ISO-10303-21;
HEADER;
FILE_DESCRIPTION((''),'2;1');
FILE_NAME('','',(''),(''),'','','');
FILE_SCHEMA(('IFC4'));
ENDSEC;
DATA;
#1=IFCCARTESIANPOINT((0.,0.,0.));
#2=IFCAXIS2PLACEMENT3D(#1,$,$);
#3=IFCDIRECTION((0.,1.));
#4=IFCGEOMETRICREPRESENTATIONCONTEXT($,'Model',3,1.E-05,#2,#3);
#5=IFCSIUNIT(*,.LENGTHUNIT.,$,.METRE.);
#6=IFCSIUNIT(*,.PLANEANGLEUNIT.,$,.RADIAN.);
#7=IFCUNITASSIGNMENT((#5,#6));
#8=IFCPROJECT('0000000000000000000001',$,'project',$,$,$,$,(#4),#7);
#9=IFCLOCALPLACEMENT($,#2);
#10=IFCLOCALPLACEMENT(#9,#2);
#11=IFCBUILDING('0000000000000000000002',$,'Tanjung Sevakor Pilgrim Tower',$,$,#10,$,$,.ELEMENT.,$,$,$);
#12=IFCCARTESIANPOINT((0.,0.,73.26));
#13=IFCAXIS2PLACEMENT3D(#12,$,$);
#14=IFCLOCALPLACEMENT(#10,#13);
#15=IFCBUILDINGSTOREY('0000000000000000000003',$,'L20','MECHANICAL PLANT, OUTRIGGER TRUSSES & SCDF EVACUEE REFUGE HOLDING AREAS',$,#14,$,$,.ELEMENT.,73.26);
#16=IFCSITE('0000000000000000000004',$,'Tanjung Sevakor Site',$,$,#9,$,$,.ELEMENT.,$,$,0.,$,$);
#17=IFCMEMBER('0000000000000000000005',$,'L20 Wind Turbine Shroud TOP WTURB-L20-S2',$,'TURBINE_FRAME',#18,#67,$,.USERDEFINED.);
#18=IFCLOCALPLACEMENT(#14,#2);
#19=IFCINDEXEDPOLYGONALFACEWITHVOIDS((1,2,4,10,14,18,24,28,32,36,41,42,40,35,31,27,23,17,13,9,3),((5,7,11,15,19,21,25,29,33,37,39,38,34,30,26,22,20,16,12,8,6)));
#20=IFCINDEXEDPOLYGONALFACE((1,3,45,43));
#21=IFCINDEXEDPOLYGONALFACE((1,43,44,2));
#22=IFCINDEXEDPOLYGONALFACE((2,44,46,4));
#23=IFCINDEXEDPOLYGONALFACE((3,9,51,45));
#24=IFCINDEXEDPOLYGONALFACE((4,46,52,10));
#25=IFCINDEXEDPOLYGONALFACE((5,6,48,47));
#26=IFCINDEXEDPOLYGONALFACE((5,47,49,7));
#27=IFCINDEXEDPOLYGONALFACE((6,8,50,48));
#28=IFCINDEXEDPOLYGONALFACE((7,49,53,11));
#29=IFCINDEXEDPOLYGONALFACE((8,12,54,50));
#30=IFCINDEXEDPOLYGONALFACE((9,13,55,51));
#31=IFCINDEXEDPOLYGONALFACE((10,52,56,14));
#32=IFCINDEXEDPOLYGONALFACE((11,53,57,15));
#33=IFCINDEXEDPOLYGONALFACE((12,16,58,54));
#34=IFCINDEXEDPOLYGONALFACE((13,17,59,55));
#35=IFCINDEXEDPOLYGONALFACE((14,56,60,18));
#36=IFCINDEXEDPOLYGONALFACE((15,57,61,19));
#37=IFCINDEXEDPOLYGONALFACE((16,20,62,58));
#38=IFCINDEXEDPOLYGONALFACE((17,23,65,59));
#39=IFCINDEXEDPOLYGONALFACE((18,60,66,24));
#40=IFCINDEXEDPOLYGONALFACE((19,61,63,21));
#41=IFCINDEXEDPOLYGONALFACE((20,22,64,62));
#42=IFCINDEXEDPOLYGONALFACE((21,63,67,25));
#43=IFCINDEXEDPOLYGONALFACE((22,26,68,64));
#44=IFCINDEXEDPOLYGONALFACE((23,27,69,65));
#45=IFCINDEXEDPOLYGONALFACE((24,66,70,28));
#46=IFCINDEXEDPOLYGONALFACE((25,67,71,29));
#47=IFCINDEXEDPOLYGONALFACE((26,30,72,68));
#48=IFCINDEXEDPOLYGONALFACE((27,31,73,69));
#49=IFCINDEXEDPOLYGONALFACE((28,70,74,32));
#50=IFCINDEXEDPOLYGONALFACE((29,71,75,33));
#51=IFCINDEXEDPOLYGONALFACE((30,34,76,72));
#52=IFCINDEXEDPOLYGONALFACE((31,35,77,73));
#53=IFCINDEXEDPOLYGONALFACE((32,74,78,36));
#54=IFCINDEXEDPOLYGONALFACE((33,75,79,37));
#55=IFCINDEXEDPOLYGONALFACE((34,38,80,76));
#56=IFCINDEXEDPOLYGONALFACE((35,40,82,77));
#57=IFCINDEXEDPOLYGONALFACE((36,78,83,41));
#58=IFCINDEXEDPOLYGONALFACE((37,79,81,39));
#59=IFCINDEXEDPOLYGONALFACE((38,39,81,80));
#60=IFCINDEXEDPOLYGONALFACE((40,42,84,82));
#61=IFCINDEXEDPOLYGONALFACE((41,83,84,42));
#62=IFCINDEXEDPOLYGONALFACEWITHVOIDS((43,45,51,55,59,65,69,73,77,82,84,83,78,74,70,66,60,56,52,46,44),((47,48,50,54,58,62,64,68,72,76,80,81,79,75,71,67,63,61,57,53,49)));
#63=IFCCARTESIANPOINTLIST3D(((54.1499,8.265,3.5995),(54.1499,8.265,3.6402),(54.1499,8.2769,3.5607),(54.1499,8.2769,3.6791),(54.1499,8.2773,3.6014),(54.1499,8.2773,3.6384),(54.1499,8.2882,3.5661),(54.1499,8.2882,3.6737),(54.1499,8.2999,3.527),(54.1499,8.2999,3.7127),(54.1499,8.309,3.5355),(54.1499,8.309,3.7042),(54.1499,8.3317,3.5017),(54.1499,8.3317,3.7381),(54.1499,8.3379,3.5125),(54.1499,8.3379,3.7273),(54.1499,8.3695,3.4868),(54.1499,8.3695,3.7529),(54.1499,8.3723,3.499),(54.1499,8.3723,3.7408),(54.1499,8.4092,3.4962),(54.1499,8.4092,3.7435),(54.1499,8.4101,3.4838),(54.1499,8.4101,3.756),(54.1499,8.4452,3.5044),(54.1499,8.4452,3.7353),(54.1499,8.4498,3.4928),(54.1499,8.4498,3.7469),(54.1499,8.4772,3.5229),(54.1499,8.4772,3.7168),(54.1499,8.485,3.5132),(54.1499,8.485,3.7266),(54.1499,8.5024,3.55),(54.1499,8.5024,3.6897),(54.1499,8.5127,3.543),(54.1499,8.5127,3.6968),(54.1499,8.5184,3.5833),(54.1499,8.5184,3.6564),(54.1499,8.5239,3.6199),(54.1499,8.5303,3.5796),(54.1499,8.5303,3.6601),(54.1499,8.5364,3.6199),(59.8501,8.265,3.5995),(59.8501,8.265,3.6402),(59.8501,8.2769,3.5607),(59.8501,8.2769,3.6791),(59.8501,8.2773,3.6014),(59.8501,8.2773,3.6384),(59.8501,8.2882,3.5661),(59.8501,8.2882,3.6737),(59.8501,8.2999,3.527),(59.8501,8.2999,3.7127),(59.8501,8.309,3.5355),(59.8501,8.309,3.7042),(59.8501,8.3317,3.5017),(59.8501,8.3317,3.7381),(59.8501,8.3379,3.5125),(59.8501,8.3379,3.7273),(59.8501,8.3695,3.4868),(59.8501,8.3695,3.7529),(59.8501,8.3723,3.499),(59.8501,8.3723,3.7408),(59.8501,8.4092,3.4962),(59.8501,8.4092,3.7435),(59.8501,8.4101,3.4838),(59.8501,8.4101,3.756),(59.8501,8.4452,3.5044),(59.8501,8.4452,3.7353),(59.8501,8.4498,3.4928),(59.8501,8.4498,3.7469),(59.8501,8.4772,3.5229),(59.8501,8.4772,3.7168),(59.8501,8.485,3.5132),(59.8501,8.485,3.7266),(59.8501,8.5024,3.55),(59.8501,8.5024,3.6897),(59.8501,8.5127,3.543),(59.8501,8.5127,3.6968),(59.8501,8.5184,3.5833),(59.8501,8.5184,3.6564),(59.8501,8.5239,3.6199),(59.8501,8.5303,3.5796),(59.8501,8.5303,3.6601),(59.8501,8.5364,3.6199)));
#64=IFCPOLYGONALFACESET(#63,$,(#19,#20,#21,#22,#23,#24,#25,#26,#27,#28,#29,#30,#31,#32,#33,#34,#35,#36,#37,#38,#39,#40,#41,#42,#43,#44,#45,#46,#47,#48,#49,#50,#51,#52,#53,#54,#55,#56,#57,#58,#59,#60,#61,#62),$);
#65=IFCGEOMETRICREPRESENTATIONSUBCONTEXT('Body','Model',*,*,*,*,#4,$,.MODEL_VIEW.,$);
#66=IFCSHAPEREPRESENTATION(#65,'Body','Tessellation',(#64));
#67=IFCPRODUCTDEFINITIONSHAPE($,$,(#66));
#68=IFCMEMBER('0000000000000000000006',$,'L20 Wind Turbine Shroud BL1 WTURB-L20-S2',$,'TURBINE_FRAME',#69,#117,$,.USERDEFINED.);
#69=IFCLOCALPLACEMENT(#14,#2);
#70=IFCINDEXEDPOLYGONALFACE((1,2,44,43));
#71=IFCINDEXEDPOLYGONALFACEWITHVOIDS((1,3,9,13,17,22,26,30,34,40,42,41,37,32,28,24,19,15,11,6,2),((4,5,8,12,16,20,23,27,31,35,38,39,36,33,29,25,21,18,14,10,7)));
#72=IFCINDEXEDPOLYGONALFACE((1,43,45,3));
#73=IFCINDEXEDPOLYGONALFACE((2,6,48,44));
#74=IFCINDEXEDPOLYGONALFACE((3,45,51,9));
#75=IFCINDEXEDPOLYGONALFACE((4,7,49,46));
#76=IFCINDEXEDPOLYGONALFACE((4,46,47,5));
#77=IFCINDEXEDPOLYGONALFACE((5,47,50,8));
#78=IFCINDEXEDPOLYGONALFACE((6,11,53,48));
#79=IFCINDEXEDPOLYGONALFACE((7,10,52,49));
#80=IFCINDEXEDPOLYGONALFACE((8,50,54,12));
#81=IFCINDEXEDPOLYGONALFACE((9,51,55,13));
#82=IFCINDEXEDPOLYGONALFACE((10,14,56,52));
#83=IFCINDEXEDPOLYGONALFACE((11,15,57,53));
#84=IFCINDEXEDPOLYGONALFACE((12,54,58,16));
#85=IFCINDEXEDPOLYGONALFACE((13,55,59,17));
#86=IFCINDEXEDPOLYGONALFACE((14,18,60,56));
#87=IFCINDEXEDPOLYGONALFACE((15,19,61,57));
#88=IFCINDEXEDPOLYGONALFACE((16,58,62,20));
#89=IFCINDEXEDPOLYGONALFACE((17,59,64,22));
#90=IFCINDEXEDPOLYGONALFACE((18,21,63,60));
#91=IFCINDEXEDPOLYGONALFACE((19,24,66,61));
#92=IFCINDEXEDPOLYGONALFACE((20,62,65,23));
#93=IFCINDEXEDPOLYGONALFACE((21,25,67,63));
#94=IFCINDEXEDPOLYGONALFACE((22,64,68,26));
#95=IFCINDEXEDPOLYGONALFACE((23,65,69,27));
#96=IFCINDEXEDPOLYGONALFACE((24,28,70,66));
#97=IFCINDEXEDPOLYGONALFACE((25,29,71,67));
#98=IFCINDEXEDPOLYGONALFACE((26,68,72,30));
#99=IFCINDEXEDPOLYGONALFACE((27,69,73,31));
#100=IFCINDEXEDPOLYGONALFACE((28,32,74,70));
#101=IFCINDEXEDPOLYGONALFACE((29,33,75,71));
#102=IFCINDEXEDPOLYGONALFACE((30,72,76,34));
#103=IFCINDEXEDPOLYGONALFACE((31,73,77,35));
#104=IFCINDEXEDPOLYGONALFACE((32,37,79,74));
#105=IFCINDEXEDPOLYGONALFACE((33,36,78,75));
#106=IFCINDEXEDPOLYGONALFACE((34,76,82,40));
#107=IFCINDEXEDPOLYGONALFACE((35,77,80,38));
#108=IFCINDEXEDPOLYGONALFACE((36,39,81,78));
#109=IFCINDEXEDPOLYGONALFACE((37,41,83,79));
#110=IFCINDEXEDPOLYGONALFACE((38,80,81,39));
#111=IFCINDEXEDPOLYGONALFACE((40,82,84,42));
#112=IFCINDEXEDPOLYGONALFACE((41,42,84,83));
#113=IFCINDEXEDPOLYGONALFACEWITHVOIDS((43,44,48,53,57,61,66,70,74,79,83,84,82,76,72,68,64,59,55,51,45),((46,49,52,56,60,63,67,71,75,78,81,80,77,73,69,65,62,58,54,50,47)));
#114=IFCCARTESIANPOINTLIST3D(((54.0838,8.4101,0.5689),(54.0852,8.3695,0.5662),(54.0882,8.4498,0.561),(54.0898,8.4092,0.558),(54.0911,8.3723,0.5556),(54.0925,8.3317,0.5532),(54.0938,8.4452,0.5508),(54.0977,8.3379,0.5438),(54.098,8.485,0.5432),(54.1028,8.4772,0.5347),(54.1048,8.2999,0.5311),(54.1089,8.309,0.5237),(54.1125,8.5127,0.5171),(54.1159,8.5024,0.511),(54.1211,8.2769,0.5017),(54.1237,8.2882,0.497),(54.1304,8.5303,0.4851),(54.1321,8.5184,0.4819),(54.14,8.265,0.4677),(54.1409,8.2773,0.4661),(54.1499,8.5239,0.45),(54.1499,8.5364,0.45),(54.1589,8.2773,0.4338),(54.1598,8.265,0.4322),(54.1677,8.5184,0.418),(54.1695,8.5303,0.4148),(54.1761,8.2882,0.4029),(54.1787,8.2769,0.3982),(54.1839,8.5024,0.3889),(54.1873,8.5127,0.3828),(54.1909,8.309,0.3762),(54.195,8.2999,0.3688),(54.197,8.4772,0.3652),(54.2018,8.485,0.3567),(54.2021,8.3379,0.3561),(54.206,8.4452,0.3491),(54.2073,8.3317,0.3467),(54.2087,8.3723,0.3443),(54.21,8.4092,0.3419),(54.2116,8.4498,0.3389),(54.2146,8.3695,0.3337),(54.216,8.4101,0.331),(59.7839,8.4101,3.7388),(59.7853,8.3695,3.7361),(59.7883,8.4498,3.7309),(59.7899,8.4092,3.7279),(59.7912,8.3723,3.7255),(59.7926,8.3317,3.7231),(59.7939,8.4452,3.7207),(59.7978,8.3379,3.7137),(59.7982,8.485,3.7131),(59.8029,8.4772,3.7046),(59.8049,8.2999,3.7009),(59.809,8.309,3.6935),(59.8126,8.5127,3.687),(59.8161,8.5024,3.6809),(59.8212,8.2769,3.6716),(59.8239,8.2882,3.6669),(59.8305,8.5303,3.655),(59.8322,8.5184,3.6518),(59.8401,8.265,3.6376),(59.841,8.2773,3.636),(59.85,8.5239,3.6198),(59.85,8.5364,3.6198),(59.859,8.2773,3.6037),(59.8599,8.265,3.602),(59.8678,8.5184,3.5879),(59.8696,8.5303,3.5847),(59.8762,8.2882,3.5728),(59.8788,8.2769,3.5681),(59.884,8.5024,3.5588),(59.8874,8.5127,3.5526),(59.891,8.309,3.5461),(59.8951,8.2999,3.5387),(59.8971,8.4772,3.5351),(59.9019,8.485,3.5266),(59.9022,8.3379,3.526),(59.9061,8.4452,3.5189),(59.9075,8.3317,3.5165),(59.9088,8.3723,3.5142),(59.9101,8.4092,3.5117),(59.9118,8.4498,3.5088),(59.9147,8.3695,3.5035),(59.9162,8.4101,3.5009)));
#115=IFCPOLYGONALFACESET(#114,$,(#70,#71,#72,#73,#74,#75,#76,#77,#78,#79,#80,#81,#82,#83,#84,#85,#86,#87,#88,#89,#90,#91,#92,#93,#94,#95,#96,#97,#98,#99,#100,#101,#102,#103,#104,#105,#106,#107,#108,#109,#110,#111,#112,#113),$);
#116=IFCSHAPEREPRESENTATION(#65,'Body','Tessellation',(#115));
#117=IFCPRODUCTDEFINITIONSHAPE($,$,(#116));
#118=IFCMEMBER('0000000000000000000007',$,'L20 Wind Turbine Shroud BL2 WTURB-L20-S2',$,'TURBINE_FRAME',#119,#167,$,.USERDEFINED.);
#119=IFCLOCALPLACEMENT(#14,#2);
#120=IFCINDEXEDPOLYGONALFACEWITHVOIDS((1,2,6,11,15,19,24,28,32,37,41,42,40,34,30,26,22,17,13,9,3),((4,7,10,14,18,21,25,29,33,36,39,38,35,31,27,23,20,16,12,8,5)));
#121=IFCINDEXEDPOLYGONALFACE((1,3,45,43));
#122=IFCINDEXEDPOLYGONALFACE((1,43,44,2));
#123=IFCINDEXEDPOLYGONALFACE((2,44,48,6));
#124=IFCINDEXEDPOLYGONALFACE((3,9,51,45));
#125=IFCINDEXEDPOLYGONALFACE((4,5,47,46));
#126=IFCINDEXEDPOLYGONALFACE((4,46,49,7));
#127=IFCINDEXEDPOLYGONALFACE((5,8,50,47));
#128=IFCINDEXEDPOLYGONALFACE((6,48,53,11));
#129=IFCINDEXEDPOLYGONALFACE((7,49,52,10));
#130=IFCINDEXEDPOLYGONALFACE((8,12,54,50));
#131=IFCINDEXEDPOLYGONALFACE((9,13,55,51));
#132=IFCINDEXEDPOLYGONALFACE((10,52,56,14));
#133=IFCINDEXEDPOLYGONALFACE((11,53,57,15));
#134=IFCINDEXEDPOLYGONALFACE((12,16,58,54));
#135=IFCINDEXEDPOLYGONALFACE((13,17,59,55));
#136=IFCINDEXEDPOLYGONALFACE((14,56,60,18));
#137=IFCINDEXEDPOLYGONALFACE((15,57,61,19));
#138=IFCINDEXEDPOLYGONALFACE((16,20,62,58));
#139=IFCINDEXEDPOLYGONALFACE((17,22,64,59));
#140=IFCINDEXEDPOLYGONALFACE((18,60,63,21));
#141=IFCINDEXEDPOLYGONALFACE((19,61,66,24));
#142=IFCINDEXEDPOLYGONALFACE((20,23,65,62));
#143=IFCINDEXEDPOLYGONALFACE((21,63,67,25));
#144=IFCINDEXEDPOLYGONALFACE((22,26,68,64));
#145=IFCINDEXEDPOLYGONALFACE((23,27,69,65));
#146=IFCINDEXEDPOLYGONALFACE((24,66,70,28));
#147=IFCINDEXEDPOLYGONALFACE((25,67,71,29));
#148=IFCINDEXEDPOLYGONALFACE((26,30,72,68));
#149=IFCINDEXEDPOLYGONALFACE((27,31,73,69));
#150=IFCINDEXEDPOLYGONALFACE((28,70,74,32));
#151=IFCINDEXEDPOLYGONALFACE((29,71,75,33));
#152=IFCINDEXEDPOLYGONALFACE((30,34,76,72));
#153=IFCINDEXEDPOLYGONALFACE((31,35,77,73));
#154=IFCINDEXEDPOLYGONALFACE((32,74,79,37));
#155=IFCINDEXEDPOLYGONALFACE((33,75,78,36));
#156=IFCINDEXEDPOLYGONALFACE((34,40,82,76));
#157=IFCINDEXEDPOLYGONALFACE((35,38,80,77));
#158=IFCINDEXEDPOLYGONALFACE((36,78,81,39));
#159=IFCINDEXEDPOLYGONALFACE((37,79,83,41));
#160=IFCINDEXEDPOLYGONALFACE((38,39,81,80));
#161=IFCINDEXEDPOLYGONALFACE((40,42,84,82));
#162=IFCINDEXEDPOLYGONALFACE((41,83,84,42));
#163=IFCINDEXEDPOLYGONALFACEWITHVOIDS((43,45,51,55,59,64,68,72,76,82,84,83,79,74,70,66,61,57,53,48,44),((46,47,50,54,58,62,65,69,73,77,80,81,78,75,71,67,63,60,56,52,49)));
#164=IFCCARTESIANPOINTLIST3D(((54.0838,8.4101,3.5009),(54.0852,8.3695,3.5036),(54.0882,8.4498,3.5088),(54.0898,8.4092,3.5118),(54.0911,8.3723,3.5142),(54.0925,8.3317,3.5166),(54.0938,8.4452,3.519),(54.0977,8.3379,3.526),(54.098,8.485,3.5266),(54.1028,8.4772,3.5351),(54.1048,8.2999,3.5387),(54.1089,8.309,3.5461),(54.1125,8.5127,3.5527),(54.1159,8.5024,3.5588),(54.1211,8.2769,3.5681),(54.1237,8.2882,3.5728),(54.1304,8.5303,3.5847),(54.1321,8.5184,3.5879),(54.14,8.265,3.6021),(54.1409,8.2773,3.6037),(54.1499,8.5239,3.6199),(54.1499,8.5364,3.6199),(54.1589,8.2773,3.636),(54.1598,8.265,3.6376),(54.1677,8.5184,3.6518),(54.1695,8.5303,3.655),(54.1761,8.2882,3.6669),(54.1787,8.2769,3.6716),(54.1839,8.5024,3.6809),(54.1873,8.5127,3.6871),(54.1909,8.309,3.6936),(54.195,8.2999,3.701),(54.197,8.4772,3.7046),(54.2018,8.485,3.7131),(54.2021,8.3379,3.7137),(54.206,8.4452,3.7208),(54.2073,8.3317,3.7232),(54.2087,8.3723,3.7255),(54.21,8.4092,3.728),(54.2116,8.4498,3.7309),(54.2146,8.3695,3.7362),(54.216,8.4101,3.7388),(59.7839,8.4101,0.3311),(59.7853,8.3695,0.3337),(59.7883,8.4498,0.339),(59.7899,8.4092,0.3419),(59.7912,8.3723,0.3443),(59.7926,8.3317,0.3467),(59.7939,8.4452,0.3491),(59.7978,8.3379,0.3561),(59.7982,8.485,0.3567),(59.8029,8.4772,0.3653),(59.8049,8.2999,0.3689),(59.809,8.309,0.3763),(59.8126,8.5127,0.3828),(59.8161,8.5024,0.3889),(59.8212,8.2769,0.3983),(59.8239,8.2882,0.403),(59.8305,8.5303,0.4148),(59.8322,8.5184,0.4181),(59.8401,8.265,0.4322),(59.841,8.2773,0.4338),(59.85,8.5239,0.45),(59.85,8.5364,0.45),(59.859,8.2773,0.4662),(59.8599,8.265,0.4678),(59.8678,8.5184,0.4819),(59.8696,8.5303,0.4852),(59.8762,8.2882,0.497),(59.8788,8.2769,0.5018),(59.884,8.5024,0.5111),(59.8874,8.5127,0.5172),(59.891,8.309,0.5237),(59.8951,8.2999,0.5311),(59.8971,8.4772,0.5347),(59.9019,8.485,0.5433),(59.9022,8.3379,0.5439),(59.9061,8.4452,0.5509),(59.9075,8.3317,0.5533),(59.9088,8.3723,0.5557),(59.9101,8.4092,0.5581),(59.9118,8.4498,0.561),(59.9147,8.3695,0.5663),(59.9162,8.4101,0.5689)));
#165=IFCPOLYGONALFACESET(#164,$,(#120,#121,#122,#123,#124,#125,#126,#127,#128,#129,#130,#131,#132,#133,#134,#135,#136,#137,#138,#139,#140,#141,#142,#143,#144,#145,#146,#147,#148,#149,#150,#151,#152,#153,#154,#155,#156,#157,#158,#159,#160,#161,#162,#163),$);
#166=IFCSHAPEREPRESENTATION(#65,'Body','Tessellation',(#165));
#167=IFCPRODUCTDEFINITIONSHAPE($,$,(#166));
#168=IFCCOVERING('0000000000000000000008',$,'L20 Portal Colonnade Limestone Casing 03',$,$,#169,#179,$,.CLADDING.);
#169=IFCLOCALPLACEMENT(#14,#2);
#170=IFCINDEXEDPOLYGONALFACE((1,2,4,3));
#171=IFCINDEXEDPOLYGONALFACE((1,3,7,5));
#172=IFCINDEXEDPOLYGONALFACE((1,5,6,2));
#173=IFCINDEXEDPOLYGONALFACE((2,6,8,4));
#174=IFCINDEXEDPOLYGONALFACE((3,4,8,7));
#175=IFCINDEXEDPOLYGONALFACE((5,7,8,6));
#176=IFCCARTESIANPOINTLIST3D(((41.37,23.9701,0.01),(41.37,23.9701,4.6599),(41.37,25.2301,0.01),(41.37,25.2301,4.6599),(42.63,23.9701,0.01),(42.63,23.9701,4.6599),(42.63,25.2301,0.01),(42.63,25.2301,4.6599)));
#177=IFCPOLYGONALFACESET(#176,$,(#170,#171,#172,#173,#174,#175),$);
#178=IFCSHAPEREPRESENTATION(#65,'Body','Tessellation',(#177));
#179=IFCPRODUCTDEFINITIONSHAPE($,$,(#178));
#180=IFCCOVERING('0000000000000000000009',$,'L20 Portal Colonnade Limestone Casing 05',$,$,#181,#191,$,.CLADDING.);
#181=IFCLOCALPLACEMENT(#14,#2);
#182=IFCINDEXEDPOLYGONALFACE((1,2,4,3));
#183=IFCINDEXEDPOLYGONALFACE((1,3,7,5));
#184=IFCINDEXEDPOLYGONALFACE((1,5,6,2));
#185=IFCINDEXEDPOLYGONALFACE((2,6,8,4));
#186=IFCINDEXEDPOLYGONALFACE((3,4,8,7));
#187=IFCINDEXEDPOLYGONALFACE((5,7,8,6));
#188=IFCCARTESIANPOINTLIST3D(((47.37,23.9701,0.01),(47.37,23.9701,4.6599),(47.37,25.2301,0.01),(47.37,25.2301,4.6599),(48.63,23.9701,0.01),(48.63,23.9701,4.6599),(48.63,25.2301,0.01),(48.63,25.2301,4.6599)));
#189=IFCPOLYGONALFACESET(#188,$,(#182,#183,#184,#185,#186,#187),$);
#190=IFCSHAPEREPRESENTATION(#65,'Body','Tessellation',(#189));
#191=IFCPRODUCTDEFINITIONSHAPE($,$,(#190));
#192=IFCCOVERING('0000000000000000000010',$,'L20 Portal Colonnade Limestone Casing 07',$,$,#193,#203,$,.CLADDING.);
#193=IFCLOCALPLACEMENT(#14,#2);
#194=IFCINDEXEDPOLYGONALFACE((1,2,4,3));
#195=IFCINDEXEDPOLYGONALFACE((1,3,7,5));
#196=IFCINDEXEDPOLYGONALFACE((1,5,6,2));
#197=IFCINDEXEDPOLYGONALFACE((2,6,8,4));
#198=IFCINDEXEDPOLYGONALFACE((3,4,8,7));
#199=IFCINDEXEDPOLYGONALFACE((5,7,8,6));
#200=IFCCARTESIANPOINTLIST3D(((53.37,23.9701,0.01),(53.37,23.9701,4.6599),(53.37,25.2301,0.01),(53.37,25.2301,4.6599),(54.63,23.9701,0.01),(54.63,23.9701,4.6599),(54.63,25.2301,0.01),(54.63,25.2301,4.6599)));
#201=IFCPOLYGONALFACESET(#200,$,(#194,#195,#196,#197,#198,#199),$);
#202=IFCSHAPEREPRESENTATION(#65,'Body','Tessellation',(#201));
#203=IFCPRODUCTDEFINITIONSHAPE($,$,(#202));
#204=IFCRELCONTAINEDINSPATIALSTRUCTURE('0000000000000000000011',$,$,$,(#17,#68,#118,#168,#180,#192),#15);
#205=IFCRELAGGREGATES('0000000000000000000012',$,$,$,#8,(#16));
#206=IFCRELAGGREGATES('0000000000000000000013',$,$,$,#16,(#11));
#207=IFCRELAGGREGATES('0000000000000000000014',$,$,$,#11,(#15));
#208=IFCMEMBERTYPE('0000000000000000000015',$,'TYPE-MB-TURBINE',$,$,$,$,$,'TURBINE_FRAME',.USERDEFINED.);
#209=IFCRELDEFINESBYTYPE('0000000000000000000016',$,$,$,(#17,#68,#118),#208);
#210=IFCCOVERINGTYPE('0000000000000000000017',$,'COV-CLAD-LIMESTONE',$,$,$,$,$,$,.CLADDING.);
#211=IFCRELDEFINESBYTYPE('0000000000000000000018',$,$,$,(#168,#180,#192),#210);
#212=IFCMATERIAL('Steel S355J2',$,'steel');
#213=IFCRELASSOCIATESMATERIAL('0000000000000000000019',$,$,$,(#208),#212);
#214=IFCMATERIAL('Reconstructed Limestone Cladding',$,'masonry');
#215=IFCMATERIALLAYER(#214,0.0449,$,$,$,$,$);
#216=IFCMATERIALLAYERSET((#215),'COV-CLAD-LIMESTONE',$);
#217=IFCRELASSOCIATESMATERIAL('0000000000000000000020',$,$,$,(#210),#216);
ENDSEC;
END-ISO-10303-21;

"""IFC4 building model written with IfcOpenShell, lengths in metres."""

from ifc_helpers import new_model, si_unit, direction, frame, origin, origin_2d, place, context, subcontext, project, spatial, rectangle, hollow_circle, extrude, material, layer, layer_set, material_profile, profile_set, type_object, element, save


model = new_model("IFC4")

# Units and contexts
model_context = context("Model", 3, precision=1e-05, world=origin(), true_north=direction((0.0, 1.0)))
body_context = subcontext(model_context, "Body", "Model", "MODEL_VIEW")
ifc_project = project(units=[si_unit("LENGTHUNIT", "METRE"), si_unit("PLANEANGLEUNIT", "RADIAN")], contexts=[model_context])

# Site, building, storey
site_placement = place(None, origin())
site = spatial("IfcSite", under=ifc_project, at=site_placement, Name="Tanjung Sevakor Site", CompositionType="ELEMENT", RefElevation=0.0)
building_placement = place(site_placement, origin())
building = spatial("IfcBuilding", under=site, at=building_placement, Name="Tanjung Sevakor Pilgrim Tower", CompositionType="ELEMENT")
storey_placement = place(building_placement, frame((0.0, 0.0, 73.26)))
storey = spatial("IfcBuildingStorey", under=building, at=storey_placement, Name="L20", Description="MECHANICAL PLANT, OUTRIGGER TRUSSES & SCDF EVACUEE REFUGE HOLDING AREAS", CompositionType="ELEMENT", Elevation=73.26)

# Members
ifc_material_1 = material(Name="Steel S355J2", Category="steel")
ifc_material_profile_1 = material_profile(ifc_material_1, hollow_circle(Radius=0.1365, WallThickness=0.0125, at=origin_2d()))
ifc_profile_set_1 = profile_set([ifc_material_profile_1], Name="Steel S355J2")
member_type = type_object("IfcMemberType", Name="TYPE-MB-TURBINE", ElementType="TURBINE_FRAME", PredefinedType="USERDEFINED", material=ifc_profile_set_1)
for number, where, z_axis, x_axis, name in (
    (1, (54.1499, 8.3999, 3.6199), (1.0, 0.0, 0.0), (0.0, 1.0, 0.0), "L20 Wind Turbine Shroud TOP WTURB-L20-S2"),
):
    element("IfcMember", number, at=place(storey_placement, frame(where, z_axis=z_axis, x_axis=x_axis)), inside=storey, type_object=member_type, Name=name, ObjectType="TURBINE_FRAME", PredefinedType="USERDEFINED", context=body_context, shape_type="SweptSolid", body=[
        extrude(hollow_circle(Radius=0.1365, WallThickness=0.0125, at=origin_2d()), origin(), (0.0, 0.0, 1.0), 5.7002),
    ])
for number, where, z_axis, x_axis, name in (
    (2, (54.1499, 8.3999, 0.45), (0.873952, 0.0, 0.486012), (0.0, 1.0, 0.0), "L20 Wind Turbine Shroud BL1 WTURB-L20-S2"),
    (3, (54.1499, 8.3999, 3.6199), (0.873952, 0.0, -0.486012), (0.0, 1.0, 0.0), "L20 Wind Turbine Shroud BL2 WTURB-L20-S2"),
):
    element("IfcMember", number, at=place(storey_placement, frame(where, z_axis=z_axis, x_axis=x_axis)), inside=storey, type_object=member_type, Name=name, ObjectType="TURBINE_FRAME", PredefinedType="USERDEFINED", context=body_context, shape_type="SweptSolid", body=[
        extrude(hollow_circle(Radius=0.1365, WallThickness=0.0125, at=origin_2d()), origin(), (0.0, 0.0, 1.0), 6.5222),
    ])

# Coverings
ifc_material_2 = material(Name="Reconstructed Limestone Cladding", Category="masonry")
ifc_layer = layer(ifc_material_2, 0.0449)
ifc_layer_set = layer_set([ifc_layer], Name="COV-CLAD-LIMESTONE")
covering_type = type_object("IfcCoveringType", Name="COV-CLAD-LIMESTONE", PredefinedType="CLADDING", material=ifc_layer_set)
for number, where, z_axis, x_axis, name in (
    (4, (42.0, 24.6001, 0.01), (0.0, 0.0, 1.0), (1.0, 0.0, 0.0), "L20 Portal Colonnade Limestone Casing 03"),
    (5, (48.0, 24.6001, 0.01), (0.0, 0.0, 1.0), (1.0, 0.0, 0.0), "L20 Portal Colonnade Limestone Casing 05"),
    (6, (54.0, 24.6001, 0.01), (0.0, 0.0, 1.0), (1.0, 0.0, 0.0), "L20 Portal Colonnade Limestone Casing 07"),
):
    element("IfcCovering", number, at=place(storey_placement, frame(where, z_axis=z_axis, x_axis=x_axis)), inside=storey, type_object=covering_type, Name=name, PredefinedType="CLADDING", context=body_context, shape_type="SweptSolid", body=[
        extrude(rectangle(XDim=1.26, YDim=1.26, at=origin_2d()), origin(), (0.0, 0.0, 1.0), 4.6499),
    ])

save(model, "model.ifc")
